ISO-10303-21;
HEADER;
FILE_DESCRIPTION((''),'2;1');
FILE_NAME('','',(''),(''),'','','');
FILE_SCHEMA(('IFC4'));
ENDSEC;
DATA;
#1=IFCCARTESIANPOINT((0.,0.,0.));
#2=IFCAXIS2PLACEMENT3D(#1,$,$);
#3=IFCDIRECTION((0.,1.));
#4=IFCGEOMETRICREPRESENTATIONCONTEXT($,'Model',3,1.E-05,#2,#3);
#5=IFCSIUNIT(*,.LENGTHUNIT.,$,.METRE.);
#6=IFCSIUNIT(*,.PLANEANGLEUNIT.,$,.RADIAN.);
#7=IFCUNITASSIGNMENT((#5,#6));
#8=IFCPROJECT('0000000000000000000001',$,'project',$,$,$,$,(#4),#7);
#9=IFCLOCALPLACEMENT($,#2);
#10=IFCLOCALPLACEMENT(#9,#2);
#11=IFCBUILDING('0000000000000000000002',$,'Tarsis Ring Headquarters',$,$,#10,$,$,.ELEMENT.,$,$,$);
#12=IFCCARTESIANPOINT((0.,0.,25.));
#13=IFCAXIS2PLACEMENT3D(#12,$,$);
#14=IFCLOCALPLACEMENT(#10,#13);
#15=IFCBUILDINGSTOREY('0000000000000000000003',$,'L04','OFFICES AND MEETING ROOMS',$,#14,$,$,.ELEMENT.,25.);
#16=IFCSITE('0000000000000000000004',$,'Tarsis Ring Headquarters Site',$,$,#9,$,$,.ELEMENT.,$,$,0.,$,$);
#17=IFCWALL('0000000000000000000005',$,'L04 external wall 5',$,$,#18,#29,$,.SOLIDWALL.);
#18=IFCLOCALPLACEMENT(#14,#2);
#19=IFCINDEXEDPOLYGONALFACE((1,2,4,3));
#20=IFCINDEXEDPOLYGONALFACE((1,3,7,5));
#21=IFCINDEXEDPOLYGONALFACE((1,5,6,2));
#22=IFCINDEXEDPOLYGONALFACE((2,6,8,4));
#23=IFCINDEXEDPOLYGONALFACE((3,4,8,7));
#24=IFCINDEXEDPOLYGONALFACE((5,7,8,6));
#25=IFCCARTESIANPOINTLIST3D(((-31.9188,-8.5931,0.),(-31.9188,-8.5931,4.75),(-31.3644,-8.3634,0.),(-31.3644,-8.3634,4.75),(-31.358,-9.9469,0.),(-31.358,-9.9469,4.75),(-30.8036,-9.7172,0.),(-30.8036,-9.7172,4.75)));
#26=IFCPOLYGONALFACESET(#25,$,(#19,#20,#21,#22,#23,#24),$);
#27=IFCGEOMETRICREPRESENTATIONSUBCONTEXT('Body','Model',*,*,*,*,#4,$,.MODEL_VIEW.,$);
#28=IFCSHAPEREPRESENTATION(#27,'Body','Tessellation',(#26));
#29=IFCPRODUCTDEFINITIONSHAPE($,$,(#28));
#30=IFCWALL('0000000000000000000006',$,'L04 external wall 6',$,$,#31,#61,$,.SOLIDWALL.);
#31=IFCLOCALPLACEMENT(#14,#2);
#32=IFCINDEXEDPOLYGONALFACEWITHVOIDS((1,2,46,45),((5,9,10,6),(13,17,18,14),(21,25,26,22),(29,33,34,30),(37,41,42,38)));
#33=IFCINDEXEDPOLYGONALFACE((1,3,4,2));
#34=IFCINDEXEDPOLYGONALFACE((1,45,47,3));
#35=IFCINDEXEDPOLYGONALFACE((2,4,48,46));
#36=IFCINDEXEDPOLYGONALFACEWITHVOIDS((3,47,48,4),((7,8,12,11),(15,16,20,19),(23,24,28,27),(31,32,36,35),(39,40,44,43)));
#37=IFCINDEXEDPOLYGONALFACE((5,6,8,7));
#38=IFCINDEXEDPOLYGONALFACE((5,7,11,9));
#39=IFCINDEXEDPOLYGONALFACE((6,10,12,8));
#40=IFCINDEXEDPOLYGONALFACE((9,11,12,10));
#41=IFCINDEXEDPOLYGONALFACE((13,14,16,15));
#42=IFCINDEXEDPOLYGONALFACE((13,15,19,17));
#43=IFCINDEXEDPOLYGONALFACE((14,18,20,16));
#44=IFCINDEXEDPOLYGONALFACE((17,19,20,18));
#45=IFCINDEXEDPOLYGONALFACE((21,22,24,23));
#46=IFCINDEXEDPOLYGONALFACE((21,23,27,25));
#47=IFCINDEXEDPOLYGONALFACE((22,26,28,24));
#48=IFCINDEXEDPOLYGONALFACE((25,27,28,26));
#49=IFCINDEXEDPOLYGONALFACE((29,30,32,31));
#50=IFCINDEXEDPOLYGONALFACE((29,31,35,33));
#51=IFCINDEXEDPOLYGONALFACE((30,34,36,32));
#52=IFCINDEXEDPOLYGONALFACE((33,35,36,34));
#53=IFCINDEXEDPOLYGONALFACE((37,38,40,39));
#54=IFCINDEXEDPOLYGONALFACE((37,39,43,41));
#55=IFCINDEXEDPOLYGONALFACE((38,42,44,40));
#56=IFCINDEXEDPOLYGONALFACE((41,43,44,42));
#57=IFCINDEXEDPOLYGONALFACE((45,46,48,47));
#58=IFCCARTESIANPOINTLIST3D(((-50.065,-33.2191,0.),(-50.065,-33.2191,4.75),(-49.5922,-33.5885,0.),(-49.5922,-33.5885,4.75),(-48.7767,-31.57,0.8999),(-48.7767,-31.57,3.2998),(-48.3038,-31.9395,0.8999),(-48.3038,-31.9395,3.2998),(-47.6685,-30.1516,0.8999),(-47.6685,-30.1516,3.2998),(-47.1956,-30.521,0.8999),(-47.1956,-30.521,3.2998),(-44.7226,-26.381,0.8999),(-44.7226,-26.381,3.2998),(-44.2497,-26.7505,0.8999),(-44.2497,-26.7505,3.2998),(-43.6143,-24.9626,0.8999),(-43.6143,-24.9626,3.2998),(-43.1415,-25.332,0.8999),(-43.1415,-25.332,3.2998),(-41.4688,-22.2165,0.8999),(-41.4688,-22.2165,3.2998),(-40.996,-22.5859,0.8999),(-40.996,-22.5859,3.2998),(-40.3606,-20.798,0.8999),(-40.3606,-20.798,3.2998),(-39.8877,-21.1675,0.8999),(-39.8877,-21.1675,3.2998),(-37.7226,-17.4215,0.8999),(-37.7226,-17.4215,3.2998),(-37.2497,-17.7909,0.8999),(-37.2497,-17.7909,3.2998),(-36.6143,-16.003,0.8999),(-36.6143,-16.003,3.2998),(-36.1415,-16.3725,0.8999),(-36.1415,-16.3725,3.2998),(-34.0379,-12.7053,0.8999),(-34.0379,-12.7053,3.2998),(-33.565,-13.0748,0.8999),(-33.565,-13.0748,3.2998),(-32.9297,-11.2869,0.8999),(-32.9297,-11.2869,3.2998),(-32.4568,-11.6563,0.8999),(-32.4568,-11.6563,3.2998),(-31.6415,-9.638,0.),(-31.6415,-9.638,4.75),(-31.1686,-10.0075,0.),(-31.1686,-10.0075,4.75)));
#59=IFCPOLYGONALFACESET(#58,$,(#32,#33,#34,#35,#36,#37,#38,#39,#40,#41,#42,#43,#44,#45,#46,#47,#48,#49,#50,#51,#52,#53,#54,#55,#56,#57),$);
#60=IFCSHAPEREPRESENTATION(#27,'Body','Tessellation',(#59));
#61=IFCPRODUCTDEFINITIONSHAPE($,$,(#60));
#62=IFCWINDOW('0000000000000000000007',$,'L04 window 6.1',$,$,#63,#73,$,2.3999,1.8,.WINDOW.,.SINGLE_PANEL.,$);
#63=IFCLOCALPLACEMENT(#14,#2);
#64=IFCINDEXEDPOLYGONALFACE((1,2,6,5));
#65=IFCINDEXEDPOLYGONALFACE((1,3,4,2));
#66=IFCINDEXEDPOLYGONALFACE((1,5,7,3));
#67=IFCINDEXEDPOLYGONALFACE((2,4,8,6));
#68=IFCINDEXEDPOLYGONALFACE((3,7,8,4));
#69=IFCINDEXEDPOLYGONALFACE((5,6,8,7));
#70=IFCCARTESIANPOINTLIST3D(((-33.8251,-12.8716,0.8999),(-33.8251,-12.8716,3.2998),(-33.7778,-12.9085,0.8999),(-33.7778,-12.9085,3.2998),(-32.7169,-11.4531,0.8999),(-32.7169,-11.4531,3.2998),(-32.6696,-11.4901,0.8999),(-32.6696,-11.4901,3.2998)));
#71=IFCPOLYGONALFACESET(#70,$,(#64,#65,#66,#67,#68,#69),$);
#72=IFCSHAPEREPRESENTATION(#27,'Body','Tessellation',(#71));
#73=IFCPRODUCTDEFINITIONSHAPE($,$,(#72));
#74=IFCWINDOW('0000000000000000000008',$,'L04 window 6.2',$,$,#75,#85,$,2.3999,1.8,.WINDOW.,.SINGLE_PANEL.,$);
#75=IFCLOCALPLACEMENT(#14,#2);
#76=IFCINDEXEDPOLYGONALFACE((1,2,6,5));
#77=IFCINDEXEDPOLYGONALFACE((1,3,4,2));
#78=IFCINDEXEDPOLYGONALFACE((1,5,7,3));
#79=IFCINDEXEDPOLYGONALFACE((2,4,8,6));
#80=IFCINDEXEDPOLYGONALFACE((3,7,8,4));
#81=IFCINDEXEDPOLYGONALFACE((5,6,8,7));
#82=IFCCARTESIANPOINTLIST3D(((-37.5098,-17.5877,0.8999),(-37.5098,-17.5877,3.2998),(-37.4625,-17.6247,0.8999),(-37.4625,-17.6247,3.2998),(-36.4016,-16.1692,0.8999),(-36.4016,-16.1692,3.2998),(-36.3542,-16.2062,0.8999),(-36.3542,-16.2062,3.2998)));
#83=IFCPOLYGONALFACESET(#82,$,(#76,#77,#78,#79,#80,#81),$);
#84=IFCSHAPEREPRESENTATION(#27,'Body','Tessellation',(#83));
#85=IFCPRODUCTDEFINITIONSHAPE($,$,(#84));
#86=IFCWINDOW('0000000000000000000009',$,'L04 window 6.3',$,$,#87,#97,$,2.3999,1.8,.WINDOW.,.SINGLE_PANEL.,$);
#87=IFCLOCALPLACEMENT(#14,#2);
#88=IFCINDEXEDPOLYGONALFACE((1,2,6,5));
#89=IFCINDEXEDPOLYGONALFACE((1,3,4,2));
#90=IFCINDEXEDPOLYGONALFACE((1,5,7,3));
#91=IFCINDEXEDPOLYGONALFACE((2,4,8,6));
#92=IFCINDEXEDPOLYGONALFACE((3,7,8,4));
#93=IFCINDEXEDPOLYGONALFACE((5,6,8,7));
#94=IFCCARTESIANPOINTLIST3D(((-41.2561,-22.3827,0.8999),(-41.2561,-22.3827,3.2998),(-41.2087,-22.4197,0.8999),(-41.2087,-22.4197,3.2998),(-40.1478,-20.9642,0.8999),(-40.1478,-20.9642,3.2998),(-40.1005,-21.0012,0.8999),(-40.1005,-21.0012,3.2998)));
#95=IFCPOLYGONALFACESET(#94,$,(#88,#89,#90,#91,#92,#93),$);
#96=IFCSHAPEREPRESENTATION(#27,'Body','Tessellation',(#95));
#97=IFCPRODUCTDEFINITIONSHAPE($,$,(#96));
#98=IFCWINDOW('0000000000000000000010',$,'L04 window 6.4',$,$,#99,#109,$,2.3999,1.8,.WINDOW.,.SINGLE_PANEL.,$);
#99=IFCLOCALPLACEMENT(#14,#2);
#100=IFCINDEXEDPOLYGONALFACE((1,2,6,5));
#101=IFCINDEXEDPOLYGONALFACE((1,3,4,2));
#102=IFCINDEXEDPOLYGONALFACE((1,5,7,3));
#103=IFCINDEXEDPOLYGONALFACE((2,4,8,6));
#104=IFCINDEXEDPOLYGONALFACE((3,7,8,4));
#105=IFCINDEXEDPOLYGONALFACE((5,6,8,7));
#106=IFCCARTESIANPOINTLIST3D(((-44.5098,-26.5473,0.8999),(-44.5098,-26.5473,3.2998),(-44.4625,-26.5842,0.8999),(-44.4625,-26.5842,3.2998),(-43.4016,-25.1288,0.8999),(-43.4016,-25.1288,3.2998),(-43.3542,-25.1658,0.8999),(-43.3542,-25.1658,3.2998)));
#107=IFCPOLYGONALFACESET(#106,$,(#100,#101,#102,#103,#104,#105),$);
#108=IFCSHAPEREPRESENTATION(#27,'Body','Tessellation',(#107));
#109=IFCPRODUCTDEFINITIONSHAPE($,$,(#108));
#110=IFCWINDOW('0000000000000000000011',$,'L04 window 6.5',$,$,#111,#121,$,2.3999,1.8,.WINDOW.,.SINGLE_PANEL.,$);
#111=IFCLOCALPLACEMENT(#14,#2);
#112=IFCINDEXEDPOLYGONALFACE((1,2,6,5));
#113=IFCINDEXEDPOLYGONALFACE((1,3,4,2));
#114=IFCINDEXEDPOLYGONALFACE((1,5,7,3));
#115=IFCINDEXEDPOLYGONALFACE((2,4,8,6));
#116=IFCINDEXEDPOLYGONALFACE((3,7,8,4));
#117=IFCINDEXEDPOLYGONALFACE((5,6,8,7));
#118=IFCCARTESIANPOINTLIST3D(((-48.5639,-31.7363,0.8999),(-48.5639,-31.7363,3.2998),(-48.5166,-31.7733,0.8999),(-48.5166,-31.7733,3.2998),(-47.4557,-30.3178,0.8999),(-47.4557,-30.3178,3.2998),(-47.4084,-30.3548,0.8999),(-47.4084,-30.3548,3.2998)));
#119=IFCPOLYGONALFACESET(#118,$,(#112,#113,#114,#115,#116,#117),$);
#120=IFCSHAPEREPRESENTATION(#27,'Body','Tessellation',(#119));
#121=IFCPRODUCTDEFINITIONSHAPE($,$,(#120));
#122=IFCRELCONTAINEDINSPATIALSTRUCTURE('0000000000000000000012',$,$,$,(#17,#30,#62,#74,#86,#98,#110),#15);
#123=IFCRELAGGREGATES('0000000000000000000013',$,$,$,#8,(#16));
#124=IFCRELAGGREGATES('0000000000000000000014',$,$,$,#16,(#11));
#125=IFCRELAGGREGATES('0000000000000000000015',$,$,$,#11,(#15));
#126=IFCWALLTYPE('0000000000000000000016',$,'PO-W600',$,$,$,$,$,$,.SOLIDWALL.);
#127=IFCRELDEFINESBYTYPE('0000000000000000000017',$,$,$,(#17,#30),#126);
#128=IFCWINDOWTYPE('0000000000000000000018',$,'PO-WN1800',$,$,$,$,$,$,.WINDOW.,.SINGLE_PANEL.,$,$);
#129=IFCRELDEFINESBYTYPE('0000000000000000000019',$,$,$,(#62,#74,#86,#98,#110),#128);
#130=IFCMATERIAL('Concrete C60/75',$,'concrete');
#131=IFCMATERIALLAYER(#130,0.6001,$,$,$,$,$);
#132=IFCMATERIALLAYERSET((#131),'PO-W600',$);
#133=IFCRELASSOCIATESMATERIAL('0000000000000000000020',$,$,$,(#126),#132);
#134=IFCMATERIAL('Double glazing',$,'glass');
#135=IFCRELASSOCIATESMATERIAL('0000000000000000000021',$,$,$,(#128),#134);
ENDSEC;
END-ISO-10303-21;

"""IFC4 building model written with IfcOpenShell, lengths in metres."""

from ifc_helpers import new_model, si_unit, direction, frame, frame_2d, origin, place, context, subcontext, project, spatial, rectangle, extrude, material, layer, layer_set, type_object, element, fill, save


model = new_model("IFC4")

# Units and contexts
model_context = context("Model", 3, precision=1e-05, world=origin(), true_north=direction((0.0, 1.0)))
body_context = subcontext(model_context, "Body", "Model", "MODEL_VIEW")
ifc_project = project(units=[si_unit("LENGTHUNIT", "METRE"), si_unit("PLANEANGLEUNIT", "RADIAN")], contexts=[model_context])

# Site, building, storey
site_placement = place(None, origin())
site = spatial("IfcSite", under=ifc_project, at=site_placement, Name="Tarsis Ring Headquarters Site", CompositionType="ELEMENT", RefElevation=0.0)
building_placement = place(site_placement, origin())
building = spatial("IfcBuilding", under=site, at=building_placement, Name="Tarsis Ring Headquarters", CompositionType="ELEMENT")
storey_placement = place(building_placement, frame((0.0, 0.0, 25.0)))
storey = spatial("IfcBuildingStorey", under=building, at=storey_placement, Name="L04", Description="OFFICES AND MEETING ROOMS", CompositionType="ELEMENT", Elevation=25.0)

# Shared definitions
ifc_material_1 = material(Name="Concrete C60/75", Category="concrete")
ifc_layer_1 = layer(ifc_material_1, 0.6001)
ifc_layer_set_1 = layer_set([ifc_layer_1], Name="PO-W600")
wall_type_1 = type_object("IfcWallType", Name="PO-W600", PredefinedType="SOLIDWALL", material=ifc_layer_set_1)
ifc_material_2 = material(Name="Double glazing", Category="glass")
window_type = type_object("IfcWindowType", Name="PO-WN1800", PartitioningType="SINGLE_PANEL", PredefinedType="WINDOW", material=ifc_material_2)

# Wall
wall_1_placement = place(storey_placement, frame((-31.6416, -8.4783, 0.0), z_axis=(0.0, 0.0, 1.0), x_axis=(0.38271, -0.923869, 0.0)))
element("IfcWall", 1, at=wall_1_placement, inside=storey, type_object=wall_type_1, Name="L04 external wall 5", PredefinedType="SOLIDWALL", context=body_context, shape_type="SweptSolid", body=[
    extrude(rectangle(XDim=1.4653, YDim=0.6001, at=frame_2d((0.7327, 0.0))), origin(), (0.0, 0.0, 1.0), 4.75),
])

# Wall, openings, windows
wall_2_placement = place(storey_placement, frame((-31.405, -9.8228, 0.0), z_axis=(0.0, 0.0, 1.0), x_axis=(-0.615662, -0.78801, 0.0)))
wall_2 = element("IfcWall", 2, at=wall_2_placement, inside=storey, type_object=wall_type_1, Name="L04 external wall 6", PredefinedType="SOLIDWALL", context=body_context, shape_type="SweptSolid", body=[
    extrude(rectangle(XDim=29.9248, YDim=0.6001, at=frame_2d((14.9624, 0.0))), origin(), (0.0, 0.0, 1.0), 4.75),
])
opening_1_placement = place(wall_2_placement, frame((2.0925, 0.0, 0.8999)))
opening_1 = element("IfcOpeningElement", 3, at=opening_1_placement, cuts=wall_2, PredefinedType="OPENING", context=body_context, shape_type="SweptSolid", body=[
    extrude(rectangle(XDim=1.8, YDim=2.3999, at=frame_2d((0.8999, 1.2))), frame((0.0, 0.3101, 0.0), z_axis=(0.0, -1.0, 0.0), x_axis=(1.0, 0.0, 0.0)), (0.0, 0.0, 1.0), 0.6201),
])
opening_2_placement = place(wall_2_placement, frame((8.0774, 0.0, 0.8999)))
opening_2 = element("IfcOpeningElement", 4, at=opening_2_placement, cuts=wall_2, PredefinedType="OPENING", context=body_context, shape_type="SweptSolid", body=[
    extrude(rectangle(XDim=1.8, YDim=2.3999, at=frame_2d((0.8999, 1.2))), frame((0.0, 0.3101, 0.0), z_axis=(0.0, -1.0, 0.0), x_axis=(1.0, 0.0, 0.0)), (0.0, 0.0, 1.0), 0.6201),
])
opening_3_placement = place(wall_2_placement, frame((14.1624, 0.0, 0.8999)))
opening_3 = element("IfcOpeningElement", 5, at=opening_3_placement, cuts=wall_2, PredefinedType="OPENING", context=body_context, shape_type="SweptSolid", body=[
    extrude(rectangle(XDim=1.8, YDim=2.3999, at=frame_2d((0.8999, 1.2))), frame((0.0, 0.3101, 0.0), z_axis=(0.0, -1.0, 0.0), x_axis=(1.0, 0.0, 0.0)), (0.0, 0.0, 1.0), 0.6201),
])
opening_4_placement = place(wall_2_placement, frame((19.4473, 0.0, 0.8999)))
opening_4 = element("IfcOpeningElement", 6, at=opening_4_placement, cuts=wall_2, PredefinedType="OPENING", context=body_context, shape_type="SweptSolid", body=[
    extrude(rectangle(XDim=1.8, YDim=2.3999, at=frame_2d((0.8999, 1.2))), frame((0.0, 0.3101, 0.0), z_axis=(0.0, -1.0, 0.0), x_axis=(1.0, 0.0, 0.0)), (0.0, 0.0, 1.0), 0.6201),
])
opening_5_placement = place(wall_2_placement, frame((26.0322, 0.0, 0.8999)))
opening_5 = element("IfcOpeningElement", 7, at=opening_5_placement, cuts=wall_2, PredefinedType="OPENING", context=body_context, shape_type="SweptSolid", body=[
    extrude(rectangle(XDim=1.8, YDim=2.3999, at=frame_2d((0.8999, 1.2))), frame((0.0, 0.3101, 0.0), z_axis=(0.0, -1.0, 0.0), x_axis=(1.0, 0.0, 0.0)), (0.0, 0.0, 1.0), 0.6201),
])
window_1_placement = place(opening_1_placement, origin())
window_1 = element("IfcWindow", 8, at=window_1_placement, inside=storey, type_object=window_type, Name="L04 window 6.1", OverallHeight=2.3999, OverallWidth=1.8, PartitioningType="SINGLE_PANEL", PredefinedType="WINDOW", context=body_context, shape_type="SweptSolid", body=[
    extrude(rectangle(XDim=1.8, YDim=2.3999, at=frame_2d((0.8999, 1.2))), frame((0.0, 0.03, 0.0), z_axis=(0.0, -1.0, 0.0), x_axis=(1.0, 0.0, 0.0)), (0.0, 0.0, 1.0), 0.0601),
])
fill(opening_1, window_1)
window_2_placement = place(opening_2_placement, origin())
window_2 = element("IfcWindow", 9, at=window_2_placement, inside=storey, type_object=window_type, Name="L04 window 6.2", OverallHeight=2.3999, OverallWidth=1.8, PartitioningType="SINGLE_PANEL", PredefinedType="WINDOW", context=body_context, shape_type="SweptSolid", body=[
    extrude(rectangle(XDim=1.8, YDim=2.3999, at=frame_2d((0.8999, 1.2))), frame((0.0, 0.03, 0.0), z_axis=(0.0, -1.0, 0.0), x_axis=(1.0, 0.0, 0.0)), (0.0, 0.0, 1.0), 0.0601),
])
fill(opening_2, window_2)
window_3_placement = place(opening_3_placement, origin())
window_3 = element("IfcWindow", 10, at=window_3_placement, inside=storey, type_object=window_type, Name="L04 window 6.3", OverallHeight=2.3999, OverallWidth=1.8, PartitioningType="SINGLE_PANEL", PredefinedType="WINDOW", context=body_context, shape_type="SweptSolid", body=[
    extrude(rectangle(XDim=1.8, YDim=2.3999, at=frame_2d((0.8999, 1.2))), frame((0.0, 0.03, 0.0), z_axis=(0.0, -1.0, 0.0), x_axis=(1.0, 0.0, 0.0)), (0.0, 0.0, 1.0), 0.0601),
])
fill(opening_3, window_3)
window_4_placement = place(opening_4_placement, origin())
window_4 = element("IfcWindow", 11, at=window_4_placement, inside=storey, type_object=window_type, Name="L04 window 6.4", OverallHeight=2.3999, OverallWidth=1.8, PartitioningType="SINGLE_PANEL", PredefinedType="WINDOW", context=body_context, shape_type="SweptSolid", body=[
    extrude(rectangle(XDim=1.8, YDim=2.3999, at=frame_2d((0.8999, 1.2))), frame((0.0, 0.03, 0.0), z_axis=(0.0, -1.0, 0.0), x_axis=(1.0, 0.0, 0.0)), (0.0, 0.0, 1.0), 0.0601),
])
fill(opening_4, window_4)
window_5_placement = place(opening_5_placement, origin())
window_5 = element("IfcWindow", 12, at=window_5_placement, inside=storey, type_object=window_type, Name="L04 window 6.5", OverallHeight=2.3999, OverallWidth=1.8, PartitioningType="SINGLE_PANEL", PredefinedType="WINDOW", context=body_context, shape_type="SweptSolid", body=[
    extrude(rectangle(XDim=1.8, YDim=2.3999, at=frame_2d((0.8999, 1.2))), frame((0.0, 0.03, 0.0), z_axis=(0.0, -1.0, 0.0), x_axis=(1.0, 0.0, 0.0)), (0.0, 0.0, 1.0), 0.0601),
])
fill(opening_5, window_5)

save(model, "model.ifc")
